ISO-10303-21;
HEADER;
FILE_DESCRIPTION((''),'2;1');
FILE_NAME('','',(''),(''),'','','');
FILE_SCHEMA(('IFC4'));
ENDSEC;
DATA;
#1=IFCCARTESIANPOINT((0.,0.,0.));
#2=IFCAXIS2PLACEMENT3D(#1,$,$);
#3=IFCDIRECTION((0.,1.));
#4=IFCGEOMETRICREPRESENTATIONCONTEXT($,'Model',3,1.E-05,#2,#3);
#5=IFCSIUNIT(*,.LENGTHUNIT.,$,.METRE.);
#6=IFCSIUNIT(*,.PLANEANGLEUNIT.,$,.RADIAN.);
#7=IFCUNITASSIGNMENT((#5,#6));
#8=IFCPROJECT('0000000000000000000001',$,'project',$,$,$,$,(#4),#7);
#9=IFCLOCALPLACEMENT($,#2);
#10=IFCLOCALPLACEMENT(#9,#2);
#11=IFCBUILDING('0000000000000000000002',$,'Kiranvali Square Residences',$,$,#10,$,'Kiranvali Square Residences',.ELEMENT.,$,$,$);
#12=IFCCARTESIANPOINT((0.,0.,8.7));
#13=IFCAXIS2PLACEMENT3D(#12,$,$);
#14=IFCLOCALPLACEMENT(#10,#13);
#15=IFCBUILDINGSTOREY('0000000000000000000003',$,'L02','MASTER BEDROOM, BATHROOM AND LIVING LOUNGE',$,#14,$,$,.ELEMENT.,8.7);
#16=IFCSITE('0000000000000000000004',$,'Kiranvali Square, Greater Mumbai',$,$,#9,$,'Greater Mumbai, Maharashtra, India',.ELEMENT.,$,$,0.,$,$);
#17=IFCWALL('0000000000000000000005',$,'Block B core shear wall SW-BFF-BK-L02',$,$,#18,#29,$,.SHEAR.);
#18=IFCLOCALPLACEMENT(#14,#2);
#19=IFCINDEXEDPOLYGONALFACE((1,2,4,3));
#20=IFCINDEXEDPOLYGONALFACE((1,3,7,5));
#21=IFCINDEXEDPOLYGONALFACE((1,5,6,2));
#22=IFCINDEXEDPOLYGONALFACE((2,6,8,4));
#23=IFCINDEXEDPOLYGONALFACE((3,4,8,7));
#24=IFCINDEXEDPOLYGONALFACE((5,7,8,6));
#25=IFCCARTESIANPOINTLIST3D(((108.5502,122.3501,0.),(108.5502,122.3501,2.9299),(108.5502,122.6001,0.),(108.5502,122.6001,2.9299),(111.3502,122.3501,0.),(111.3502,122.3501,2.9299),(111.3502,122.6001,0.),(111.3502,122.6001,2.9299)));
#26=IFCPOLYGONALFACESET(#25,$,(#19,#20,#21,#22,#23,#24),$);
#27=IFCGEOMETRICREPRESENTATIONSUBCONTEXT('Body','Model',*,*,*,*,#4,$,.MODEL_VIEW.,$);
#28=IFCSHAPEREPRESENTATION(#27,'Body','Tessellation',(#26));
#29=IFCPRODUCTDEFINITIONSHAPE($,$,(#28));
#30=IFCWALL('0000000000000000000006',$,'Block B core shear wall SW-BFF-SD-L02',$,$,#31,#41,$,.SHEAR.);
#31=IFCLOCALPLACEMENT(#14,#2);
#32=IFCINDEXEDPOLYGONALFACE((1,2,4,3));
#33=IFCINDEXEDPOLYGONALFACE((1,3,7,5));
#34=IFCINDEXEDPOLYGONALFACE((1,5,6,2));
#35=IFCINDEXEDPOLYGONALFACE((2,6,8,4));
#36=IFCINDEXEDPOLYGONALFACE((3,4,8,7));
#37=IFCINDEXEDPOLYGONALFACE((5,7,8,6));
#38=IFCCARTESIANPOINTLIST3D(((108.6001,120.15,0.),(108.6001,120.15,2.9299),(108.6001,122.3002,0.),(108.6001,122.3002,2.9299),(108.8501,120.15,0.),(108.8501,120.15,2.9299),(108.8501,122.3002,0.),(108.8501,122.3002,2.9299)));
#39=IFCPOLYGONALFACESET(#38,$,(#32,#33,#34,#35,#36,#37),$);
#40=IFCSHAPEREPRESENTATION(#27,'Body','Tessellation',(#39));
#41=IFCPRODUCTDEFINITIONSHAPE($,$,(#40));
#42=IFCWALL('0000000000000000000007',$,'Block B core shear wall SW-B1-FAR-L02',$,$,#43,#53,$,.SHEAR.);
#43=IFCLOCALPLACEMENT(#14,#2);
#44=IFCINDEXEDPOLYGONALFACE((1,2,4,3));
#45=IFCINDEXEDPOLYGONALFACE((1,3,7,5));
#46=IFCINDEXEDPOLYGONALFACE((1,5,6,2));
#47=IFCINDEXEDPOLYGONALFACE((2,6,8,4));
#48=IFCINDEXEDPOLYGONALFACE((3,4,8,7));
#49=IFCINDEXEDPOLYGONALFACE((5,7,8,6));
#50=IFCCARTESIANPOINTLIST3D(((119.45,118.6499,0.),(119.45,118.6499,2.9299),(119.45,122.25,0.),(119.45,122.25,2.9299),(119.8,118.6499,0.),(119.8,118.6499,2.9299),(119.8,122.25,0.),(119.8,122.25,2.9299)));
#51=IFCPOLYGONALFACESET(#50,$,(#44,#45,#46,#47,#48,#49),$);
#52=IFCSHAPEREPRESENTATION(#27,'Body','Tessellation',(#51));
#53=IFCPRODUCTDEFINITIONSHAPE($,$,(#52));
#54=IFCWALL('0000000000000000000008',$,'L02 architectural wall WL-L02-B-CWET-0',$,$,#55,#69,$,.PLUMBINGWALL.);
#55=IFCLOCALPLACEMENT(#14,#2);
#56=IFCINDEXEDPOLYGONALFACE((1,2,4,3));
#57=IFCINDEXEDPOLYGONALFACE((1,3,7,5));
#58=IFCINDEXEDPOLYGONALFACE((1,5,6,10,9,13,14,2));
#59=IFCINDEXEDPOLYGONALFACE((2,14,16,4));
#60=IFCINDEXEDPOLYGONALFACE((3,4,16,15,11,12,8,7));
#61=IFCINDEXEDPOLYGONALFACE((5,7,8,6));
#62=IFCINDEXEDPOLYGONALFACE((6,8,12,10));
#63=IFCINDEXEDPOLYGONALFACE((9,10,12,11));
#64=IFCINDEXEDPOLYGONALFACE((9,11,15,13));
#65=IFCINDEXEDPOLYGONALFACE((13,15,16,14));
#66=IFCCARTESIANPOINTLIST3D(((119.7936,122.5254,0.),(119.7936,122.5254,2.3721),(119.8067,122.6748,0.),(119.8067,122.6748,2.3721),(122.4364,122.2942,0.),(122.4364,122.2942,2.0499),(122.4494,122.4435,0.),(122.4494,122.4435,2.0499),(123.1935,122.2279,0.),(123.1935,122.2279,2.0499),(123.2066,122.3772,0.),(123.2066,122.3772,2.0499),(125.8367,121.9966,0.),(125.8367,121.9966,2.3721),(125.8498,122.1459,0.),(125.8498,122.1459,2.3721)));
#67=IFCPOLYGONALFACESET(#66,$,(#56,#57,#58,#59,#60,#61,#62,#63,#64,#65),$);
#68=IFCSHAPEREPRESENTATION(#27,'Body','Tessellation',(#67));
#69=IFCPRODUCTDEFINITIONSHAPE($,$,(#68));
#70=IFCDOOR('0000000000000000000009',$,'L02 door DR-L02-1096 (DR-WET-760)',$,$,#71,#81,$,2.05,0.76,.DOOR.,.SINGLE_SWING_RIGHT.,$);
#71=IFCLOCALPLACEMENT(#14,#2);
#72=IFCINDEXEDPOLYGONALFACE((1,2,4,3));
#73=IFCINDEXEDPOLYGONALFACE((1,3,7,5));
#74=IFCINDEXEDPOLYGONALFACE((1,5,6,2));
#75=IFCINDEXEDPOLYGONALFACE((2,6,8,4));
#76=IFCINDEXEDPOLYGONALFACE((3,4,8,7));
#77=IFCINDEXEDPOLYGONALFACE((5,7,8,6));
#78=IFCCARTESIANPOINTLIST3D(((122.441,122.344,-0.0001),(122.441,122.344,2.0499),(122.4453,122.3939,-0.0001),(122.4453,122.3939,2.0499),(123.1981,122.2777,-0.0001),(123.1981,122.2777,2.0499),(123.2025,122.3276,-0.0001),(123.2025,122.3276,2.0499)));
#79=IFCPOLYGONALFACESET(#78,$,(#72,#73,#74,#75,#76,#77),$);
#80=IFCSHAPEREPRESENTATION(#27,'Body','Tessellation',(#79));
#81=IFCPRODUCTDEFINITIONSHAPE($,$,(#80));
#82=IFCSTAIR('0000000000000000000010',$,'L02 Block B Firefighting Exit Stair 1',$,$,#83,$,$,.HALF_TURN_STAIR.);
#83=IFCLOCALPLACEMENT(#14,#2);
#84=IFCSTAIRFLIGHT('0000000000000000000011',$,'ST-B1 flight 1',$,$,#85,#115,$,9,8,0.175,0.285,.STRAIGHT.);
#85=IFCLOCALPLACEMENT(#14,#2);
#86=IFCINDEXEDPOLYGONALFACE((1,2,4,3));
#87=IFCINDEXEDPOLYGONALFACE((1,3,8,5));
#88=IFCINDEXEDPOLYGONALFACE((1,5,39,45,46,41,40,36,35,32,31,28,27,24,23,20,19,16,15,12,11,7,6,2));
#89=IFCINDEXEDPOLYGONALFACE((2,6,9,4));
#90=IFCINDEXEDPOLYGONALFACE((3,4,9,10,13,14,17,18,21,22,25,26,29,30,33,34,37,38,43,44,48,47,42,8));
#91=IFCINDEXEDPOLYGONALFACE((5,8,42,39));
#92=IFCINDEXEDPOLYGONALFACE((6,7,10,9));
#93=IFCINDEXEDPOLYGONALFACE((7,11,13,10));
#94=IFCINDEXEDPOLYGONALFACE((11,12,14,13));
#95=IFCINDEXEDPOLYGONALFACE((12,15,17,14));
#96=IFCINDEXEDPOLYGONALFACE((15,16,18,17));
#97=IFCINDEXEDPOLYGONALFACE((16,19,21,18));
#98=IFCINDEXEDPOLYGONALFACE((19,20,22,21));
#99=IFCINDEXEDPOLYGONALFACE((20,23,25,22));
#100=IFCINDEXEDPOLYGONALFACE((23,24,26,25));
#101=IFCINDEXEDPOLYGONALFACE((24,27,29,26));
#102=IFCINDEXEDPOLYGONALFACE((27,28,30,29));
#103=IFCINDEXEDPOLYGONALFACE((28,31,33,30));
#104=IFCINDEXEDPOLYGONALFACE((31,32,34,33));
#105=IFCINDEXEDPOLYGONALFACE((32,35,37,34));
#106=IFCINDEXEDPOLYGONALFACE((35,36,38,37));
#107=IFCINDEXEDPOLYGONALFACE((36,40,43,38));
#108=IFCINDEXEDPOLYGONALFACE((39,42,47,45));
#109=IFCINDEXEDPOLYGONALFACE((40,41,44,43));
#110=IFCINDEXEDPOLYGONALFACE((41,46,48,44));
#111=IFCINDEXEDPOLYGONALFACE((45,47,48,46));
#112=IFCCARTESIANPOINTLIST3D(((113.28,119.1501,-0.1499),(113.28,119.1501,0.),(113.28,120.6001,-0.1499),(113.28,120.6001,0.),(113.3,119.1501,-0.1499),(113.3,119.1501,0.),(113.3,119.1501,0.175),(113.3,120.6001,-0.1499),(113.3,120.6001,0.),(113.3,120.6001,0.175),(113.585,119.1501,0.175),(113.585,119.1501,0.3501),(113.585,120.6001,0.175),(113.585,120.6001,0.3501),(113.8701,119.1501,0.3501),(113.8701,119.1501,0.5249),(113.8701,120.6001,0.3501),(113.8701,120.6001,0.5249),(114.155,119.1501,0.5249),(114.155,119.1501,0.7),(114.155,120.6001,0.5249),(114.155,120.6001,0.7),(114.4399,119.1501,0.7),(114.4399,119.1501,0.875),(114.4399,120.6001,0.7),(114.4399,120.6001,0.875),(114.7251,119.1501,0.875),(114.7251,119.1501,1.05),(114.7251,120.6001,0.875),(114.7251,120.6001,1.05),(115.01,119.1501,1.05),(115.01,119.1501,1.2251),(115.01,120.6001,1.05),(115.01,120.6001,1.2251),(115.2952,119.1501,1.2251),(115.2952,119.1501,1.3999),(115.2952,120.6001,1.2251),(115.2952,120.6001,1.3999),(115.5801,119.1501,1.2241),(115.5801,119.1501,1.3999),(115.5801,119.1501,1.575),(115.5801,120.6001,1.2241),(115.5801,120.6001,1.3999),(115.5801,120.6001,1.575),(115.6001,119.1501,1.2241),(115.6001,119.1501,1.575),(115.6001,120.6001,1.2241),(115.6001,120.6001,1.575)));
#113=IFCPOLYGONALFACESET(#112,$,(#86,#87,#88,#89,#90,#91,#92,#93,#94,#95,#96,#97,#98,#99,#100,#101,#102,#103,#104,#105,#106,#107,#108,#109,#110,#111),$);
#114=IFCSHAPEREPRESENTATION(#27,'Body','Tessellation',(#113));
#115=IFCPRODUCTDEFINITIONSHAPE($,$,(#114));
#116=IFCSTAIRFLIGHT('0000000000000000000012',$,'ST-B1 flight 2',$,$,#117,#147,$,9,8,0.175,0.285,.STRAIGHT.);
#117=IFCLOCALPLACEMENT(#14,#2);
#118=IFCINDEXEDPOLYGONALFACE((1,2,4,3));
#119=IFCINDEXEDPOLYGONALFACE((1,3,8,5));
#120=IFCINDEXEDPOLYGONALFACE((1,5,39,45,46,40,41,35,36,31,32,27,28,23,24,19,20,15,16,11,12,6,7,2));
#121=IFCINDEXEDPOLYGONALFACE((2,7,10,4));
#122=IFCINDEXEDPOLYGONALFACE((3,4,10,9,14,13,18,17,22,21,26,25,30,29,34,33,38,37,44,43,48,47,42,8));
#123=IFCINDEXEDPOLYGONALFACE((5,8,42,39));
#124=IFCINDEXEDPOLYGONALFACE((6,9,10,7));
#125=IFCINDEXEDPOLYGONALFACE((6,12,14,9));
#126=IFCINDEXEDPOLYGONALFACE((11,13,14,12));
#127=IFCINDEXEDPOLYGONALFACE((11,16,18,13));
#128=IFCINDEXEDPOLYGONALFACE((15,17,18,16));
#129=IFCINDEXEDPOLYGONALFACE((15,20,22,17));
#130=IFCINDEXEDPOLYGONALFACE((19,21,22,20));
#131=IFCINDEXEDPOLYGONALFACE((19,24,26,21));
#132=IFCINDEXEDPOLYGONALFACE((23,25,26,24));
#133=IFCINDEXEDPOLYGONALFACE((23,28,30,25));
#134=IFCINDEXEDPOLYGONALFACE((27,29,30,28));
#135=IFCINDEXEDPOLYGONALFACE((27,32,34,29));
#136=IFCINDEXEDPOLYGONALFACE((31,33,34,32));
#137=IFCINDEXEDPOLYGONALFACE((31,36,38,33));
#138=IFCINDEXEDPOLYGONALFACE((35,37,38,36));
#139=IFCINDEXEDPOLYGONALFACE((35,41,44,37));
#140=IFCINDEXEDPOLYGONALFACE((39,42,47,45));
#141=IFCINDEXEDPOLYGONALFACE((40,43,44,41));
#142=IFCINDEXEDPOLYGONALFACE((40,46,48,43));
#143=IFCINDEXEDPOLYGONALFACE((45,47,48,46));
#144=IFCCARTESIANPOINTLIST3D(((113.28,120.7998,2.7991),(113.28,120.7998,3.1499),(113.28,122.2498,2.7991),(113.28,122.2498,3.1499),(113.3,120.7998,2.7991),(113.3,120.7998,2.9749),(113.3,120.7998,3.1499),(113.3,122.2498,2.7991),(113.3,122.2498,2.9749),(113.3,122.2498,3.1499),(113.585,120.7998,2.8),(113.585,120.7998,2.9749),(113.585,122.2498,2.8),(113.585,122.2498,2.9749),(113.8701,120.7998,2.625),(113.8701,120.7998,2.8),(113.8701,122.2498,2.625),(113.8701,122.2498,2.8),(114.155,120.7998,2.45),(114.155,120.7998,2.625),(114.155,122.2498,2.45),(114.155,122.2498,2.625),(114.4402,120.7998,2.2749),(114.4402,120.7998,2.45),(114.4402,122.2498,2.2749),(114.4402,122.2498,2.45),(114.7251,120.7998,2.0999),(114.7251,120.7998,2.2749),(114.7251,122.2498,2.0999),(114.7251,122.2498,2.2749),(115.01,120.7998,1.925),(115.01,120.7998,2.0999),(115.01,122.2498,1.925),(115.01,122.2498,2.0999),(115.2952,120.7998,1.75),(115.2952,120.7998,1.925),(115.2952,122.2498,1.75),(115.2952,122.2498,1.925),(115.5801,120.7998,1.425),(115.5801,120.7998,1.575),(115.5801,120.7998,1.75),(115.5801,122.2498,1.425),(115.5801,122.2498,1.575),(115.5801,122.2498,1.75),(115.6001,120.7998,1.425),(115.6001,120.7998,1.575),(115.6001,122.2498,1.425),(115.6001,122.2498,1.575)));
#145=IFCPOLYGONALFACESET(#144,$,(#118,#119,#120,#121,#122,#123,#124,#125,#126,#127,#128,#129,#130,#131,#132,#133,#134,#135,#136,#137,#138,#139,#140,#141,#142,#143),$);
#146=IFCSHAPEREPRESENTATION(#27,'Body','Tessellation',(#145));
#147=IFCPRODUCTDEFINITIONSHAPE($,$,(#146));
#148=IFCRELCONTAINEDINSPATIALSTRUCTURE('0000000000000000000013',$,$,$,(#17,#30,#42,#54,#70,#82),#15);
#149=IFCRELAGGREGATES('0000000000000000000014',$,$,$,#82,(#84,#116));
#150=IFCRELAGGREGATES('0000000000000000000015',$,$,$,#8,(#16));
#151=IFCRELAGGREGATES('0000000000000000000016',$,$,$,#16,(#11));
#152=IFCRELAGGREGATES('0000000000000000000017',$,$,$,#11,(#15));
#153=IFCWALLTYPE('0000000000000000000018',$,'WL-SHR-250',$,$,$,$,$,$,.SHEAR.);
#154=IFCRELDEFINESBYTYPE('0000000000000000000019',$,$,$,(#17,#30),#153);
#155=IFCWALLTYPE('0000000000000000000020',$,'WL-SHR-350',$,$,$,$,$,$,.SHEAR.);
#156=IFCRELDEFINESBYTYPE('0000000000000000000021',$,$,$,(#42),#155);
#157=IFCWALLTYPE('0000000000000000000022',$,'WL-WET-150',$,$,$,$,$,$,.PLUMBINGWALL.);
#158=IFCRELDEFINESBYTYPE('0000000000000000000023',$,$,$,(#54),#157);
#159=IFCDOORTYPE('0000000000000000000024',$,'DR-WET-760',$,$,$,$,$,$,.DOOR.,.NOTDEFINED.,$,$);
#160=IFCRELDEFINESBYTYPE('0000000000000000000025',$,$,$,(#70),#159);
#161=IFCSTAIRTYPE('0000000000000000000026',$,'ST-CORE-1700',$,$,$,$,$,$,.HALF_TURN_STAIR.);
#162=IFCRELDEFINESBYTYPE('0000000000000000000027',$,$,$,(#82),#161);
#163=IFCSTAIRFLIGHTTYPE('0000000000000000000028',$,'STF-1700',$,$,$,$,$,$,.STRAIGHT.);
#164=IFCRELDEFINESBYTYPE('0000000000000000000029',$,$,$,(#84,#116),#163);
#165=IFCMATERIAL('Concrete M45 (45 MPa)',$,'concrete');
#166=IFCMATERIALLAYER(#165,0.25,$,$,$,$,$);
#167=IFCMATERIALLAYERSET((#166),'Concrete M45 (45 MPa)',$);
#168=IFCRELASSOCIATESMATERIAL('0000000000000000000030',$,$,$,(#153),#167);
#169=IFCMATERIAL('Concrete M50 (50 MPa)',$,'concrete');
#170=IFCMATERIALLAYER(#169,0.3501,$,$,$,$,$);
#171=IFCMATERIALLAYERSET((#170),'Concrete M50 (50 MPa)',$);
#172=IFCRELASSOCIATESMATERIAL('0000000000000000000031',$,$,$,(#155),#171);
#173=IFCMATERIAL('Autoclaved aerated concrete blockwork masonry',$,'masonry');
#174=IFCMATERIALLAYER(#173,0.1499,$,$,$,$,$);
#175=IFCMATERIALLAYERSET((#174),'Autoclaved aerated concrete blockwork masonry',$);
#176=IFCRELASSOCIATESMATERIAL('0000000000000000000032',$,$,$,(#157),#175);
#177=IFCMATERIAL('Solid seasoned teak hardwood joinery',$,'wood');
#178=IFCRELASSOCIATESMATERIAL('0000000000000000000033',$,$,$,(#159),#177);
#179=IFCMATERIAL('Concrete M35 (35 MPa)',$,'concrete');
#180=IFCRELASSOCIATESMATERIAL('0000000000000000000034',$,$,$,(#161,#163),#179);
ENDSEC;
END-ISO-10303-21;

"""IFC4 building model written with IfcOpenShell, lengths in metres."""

from ifc_helpers import new_model, si_unit, direction, frame, frame_2d, origin, place, context, subcontext, project, spatial, polyline, rectangle, outline, extrude, material, layer, layer_set, type_object, element, fill, aggregate, save


model = new_model("IFC4")

# Units and contexts
model_context = context("Model", 3, precision=1e-05, world=origin(), true_north=direction((0.0, 1.0)))
body_context = subcontext(model_context, "Body", "Model", "MODEL_VIEW")
ifc_project = project(units=[si_unit("LENGTHUNIT", "METRE"), si_unit("PLANEANGLEUNIT", "RADIAN")], contexts=[model_context])

# Site, building, storey
site_placement = place(None, origin())
site = spatial("IfcSite", under=ifc_project, at=site_placement, Name="Kiranvali Square, Greater Mumbai", LongName="Greater Mumbai, Maharashtra, India", CompositionType="ELEMENT", RefElevation=0.0)
building_placement = place(site_placement, origin())
building = spatial("IfcBuilding", under=site, at=building_placement, Name="Kiranvali Square Residences", LongName="Kiranvali Square Residences", CompositionType="ELEMENT")
storey_placement = place(building_placement, frame((0.0, 0.0, 8.7)))
storey = spatial("IfcBuildingStorey", under=building, at=storey_placement, Name="L02", Description="MASTER BEDROOM, BATHROOM AND LIVING LOUNGE", CompositionType="ELEMENT", Elevation=8.7)

# Shared definitions
ifc_material_1 = material(Name="Concrete M45 (45 MPa)", Category="concrete")

# Shared definitions
ifc_material_2 = material(Name="Autoclaved aerated concrete blockwork masonry", Category="masonry")

# Shared definitions
ifc_material_3 = material(Name="Solid seasoned teak hardwood joinery", Category="wood")

# Walls
ifc_layer_1 = layer(ifc_material_1, 0.25)
ifc_layer_set_1 = layer_set([ifc_layer_1], Name="Concrete M45 (45 MPa)")
wall_type_1 = type_object("IfcWallType", Name="WL-SHR-250", PredefinedType="SHEAR", material=ifc_layer_set_1)
wall_1_placement = place(storey_placement, frame((111.3501, 122.4751, 0.0), z_axis=(0.0, 0.0, 1.0), x_axis=(-1.0, 0.0, 0.0)))
element("IfcWall", 1, at=wall_1_placement, inside=storey, type_object=wall_type_1, Name="Block B core shear wall SW-BFF-BK-L02", PredefinedType="SHEAR", context=body_context, shape_type="SweptSolid", body=[
    extrude(rectangle(XDim=2.8, YDim=0.25, at=frame_2d((1.3999, 0.0))), origin(), (0.0, 0.0, 1.0), 2.9299),
])
wall_2_placement = place(storey_placement, frame((108.7251, 120.1499, 0.0), z_axis=(0.0, 0.0, 1.0), x_axis=(0.0, 1.0, 0.0)))
element("IfcWall", 2, at=wall_2_placement, inside=storey, type_object=wall_type_1, Name="Block B core shear wall SW-BFF-SD-L02", PredefinedType="SHEAR", context=body_context, shape_type="SweptSolid", body=[
    extrude(rectangle(XDim=2.1501, YDim=0.25, at=frame_2d((1.0752, 0.0))), origin(), (0.0, 0.0, 1.0), 2.9299),
])

# Shared definitions
ifc_material_4 = material(Name="Concrete M50 (50 MPa)", Category="concrete")
ifc_layer_2 = layer(ifc_material_4, 0.3501)
ifc_layer_set_2 = layer_set([ifc_layer_2], Name="Concrete M50 (50 MPa)")
wall_type_2 = type_object("IfcWallType", Name="WL-SHR-350", PredefinedType="SHEAR", material=ifc_layer_set_2)

# Wall
wall_3_placement = place(storey_placement, frame((119.625, 118.6499, 0.0), z_axis=(0.0, 0.0, 1.0), x_axis=(0.0, 1.0, 0.0)))
element("IfcWall", 3, at=wall_3_placement, inside=storey, type_object=wall_type_2, Name="Block B core shear wall SW-B1-FAR-L02", PredefinedType="SHEAR", context=body_context, shape_type="SweptSolid", body=[
    extrude(rectangle(XDim=3.6001, YDim=0.3501, at=frame_2d((1.8, 0.0))), origin(), (0.0, 0.0, 1.0), 2.9299),
])

# Wall, opening, door
ifc_layer_3 = layer(ifc_material_2, 0.1499)
ifc_layer_set_3 = layer_set([ifc_layer_3], Name="Autoclaved aerated concrete blockwork masonry")
wall_type_3 = type_object("IfcWallType", Name="WL-WET-150", PredefinedType="PLUMBINGWALL", material=ifc_layer_set_3)
wall_4_placement = place(storey_placement, frame((119.8, 122.6001, 0.0), z_axis=(0.0, 0.0, 1.0), x_axis=(0.996193, -0.087175, 0.0)))
wall_4 = element("IfcWall", 4, at=wall_4_placement, inside=storey, type_object=wall_type_3, Name="L02 architectural wall WL-L02-B-CWET-0", PredefinedType="PLUMBINGWALL", context=body_context, shape_type="SweptSolid", body=[
    extrude(rectangle(XDim=6.0662, YDim=0.1499, at=frame_2d((3.0332, 0.0))), origin(), (0.0, 0.0, 1.0), 2.3721),
])
opening_1_placement = place(wall_4_placement, frame((2.6531, 0.0, 0.0)))
opening_1 = element("IfcOpeningElement", 5, at=opening_1_placement, cuts=wall_4, PredefinedType="OPENING", context=body_context, shape_type="SweptSolid", body=[
    extrude(rectangle(XDim=0.76, YDim=2.05, at=frame_2d((0.3799, 1.0249))), frame((0.0, 0.085, 0.0), z_axis=(0.0, -1.0, 0.0), x_axis=(1.0, 0.0, 0.0)), (0.0, 0.0, 1.0), 0.1699),
])
door_type_1 = type_object("IfcDoorType", Name="DR-WET-760", OperationType="NOTDEFINED", PredefinedType="DOOR", material=ifc_material_3)
door_1_placement = place(opening_1_placement, frame((0.76, 0.0, 0.0), z_axis=(0.0, 0.0, 1.0), x_axis=(-1.0, 0.0, 0.0)))
door_1 = element("IfcDoor", 6, at=door_1_placement, inside=storey, type_object=door_type_1, Name="L02 door DR-L02-1096 (DR-WET-760)", OperationType="SINGLE_SWING_RIGHT", OverallHeight=2.05, OverallWidth=0.76, PredefinedType="DOOR", context=body_context, shape_type="SweptSolid", body=[
    extrude(rectangle(XDim=0.76, YDim=2.05, at=frame_2d((0.3799, 1.0249))), frame((0.0, 0.0249, 0.0), z_axis=(0.0, -1.0, 0.0), x_axis=(1.0, 0.0, 0.0)), (0.0, 0.0, 1.0), 0.05),
])
fill(opening_1, door_1)

# Stair, stair flights
ifc_material_5 = material(Name="Concrete M35 (35 MPa)", Category="concrete")
stair_type = type_object("IfcStairType", Name="ST-CORE-1700", PredefinedType="HALF_TURN_STAIR", material=ifc_material_5)
stair_placement = place(storey_placement, origin())
stair = element("IfcStair", 7, at=stair_placement, inside=storey, type_object=stair_type, Name="L02 Block B Firefighting Exit Stair 1", PredefinedType="HALF_TURN_STAIR")
stair_flight_type = type_object("IfcStairFlightType", Name="STF-1700", PredefinedType="STRAIGHT", material=ifc_material_5)
stair_flight_1_placement = place(storey_placement, frame((113.3, 119.875, 0.0), z_axis=(0.0, 0.0, 1.0), x_axis=(1.0, 0.0, 0.0)))
stair_flight_1 = element("IfcStairFlight", 8, at=stair_flight_1_placement, type_object=stair_flight_type, Name="ST-B1 flight 1", NumberOfRisers=9, NumberOfTreads=8, PredefinedType="STRAIGHT", RiserHeight=0.175, TreadLength=0.285, context=body_context, shape_type="SweptSolid", body=[
    extrude(outline(polyline([(-0.02, -0.1499), (-0.02, 0.0), (0.0, 0.0), (0.0, 0.175), (0.2849, 0.175), (0.2849, 0.3501), (0.5701, 0.3501), (0.5701, 0.5249), (0.855, 0.5249), (0.855, 0.7), (1.1399, 0.7), (1.1399, 0.875), (1.425, 0.875), (1.425, 1.05), (1.71, 1.05), (1.71, 1.2251), (1.9951, 1.2251), (1.9951, 1.3999), (2.28, 1.3999), (2.28, 1.575), (2.3, 1.575), (2.3, 1.2241), (2.28, 1.2241), (0.0, -0.1499), (-0.02, -0.1499)])), frame((0.0, 0.7251, 0.0), z_axis=(0.0, -1.0, 0.0), x_axis=(1.0, 0.0, 0.0)), (0.0, 0.0, 1.0), 1.45),
])
stair_flight_2_placement = place(storey_placement, frame((115.5801, 121.5249, 1.575), z_axis=(0.0, 0.0, 1.0), x_axis=(-1.0, 0.0, 0.0)))
stair_flight_2 = element("IfcStairFlight", 9, at=stair_flight_2_placement, type_object=stair_flight_type, Name="ST-B1 flight 2", NumberOfRisers=9, NumberOfTreads=8, PredefinedType="STRAIGHT", RiserHeight=0.175, TreadLength=0.285, context=body_context, shape_type="SweptSolid", body=[
    extrude(outline(polyline([(-0.02, -0.1499), (-0.02, 0.0), (0.0, 0.0), (0.0, 0.175), (0.2849, 0.175), (0.2849, 0.3501), (0.5701, 0.3501), (0.5701, 0.5249), (0.855, 0.5249), (0.855, 0.7), (1.1399, 0.7), (1.1399, 0.875), (1.425, 0.875), (1.425, 1.05), (1.71, 1.05), (1.71, 1.2251), (1.9951, 1.2251), (1.9951, 1.3999), (2.28, 1.3999), (2.28, 1.575), (2.3, 1.575), (2.3, 1.2241), (2.28, 1.2241), (0.0, -0.1499), (-0.02, -0.1499)])), frame((0.0, 0.7251, 0.0), z_axis=(0.0, -1.0, 0.0), x_axis=(1.0, 0.0, 0.0)), (0.0, 0.0, 1.0), 1.45),
])
aggregate(stair, [stair_flight_1, stair_flight_2])

save(model, "model.ifc")
